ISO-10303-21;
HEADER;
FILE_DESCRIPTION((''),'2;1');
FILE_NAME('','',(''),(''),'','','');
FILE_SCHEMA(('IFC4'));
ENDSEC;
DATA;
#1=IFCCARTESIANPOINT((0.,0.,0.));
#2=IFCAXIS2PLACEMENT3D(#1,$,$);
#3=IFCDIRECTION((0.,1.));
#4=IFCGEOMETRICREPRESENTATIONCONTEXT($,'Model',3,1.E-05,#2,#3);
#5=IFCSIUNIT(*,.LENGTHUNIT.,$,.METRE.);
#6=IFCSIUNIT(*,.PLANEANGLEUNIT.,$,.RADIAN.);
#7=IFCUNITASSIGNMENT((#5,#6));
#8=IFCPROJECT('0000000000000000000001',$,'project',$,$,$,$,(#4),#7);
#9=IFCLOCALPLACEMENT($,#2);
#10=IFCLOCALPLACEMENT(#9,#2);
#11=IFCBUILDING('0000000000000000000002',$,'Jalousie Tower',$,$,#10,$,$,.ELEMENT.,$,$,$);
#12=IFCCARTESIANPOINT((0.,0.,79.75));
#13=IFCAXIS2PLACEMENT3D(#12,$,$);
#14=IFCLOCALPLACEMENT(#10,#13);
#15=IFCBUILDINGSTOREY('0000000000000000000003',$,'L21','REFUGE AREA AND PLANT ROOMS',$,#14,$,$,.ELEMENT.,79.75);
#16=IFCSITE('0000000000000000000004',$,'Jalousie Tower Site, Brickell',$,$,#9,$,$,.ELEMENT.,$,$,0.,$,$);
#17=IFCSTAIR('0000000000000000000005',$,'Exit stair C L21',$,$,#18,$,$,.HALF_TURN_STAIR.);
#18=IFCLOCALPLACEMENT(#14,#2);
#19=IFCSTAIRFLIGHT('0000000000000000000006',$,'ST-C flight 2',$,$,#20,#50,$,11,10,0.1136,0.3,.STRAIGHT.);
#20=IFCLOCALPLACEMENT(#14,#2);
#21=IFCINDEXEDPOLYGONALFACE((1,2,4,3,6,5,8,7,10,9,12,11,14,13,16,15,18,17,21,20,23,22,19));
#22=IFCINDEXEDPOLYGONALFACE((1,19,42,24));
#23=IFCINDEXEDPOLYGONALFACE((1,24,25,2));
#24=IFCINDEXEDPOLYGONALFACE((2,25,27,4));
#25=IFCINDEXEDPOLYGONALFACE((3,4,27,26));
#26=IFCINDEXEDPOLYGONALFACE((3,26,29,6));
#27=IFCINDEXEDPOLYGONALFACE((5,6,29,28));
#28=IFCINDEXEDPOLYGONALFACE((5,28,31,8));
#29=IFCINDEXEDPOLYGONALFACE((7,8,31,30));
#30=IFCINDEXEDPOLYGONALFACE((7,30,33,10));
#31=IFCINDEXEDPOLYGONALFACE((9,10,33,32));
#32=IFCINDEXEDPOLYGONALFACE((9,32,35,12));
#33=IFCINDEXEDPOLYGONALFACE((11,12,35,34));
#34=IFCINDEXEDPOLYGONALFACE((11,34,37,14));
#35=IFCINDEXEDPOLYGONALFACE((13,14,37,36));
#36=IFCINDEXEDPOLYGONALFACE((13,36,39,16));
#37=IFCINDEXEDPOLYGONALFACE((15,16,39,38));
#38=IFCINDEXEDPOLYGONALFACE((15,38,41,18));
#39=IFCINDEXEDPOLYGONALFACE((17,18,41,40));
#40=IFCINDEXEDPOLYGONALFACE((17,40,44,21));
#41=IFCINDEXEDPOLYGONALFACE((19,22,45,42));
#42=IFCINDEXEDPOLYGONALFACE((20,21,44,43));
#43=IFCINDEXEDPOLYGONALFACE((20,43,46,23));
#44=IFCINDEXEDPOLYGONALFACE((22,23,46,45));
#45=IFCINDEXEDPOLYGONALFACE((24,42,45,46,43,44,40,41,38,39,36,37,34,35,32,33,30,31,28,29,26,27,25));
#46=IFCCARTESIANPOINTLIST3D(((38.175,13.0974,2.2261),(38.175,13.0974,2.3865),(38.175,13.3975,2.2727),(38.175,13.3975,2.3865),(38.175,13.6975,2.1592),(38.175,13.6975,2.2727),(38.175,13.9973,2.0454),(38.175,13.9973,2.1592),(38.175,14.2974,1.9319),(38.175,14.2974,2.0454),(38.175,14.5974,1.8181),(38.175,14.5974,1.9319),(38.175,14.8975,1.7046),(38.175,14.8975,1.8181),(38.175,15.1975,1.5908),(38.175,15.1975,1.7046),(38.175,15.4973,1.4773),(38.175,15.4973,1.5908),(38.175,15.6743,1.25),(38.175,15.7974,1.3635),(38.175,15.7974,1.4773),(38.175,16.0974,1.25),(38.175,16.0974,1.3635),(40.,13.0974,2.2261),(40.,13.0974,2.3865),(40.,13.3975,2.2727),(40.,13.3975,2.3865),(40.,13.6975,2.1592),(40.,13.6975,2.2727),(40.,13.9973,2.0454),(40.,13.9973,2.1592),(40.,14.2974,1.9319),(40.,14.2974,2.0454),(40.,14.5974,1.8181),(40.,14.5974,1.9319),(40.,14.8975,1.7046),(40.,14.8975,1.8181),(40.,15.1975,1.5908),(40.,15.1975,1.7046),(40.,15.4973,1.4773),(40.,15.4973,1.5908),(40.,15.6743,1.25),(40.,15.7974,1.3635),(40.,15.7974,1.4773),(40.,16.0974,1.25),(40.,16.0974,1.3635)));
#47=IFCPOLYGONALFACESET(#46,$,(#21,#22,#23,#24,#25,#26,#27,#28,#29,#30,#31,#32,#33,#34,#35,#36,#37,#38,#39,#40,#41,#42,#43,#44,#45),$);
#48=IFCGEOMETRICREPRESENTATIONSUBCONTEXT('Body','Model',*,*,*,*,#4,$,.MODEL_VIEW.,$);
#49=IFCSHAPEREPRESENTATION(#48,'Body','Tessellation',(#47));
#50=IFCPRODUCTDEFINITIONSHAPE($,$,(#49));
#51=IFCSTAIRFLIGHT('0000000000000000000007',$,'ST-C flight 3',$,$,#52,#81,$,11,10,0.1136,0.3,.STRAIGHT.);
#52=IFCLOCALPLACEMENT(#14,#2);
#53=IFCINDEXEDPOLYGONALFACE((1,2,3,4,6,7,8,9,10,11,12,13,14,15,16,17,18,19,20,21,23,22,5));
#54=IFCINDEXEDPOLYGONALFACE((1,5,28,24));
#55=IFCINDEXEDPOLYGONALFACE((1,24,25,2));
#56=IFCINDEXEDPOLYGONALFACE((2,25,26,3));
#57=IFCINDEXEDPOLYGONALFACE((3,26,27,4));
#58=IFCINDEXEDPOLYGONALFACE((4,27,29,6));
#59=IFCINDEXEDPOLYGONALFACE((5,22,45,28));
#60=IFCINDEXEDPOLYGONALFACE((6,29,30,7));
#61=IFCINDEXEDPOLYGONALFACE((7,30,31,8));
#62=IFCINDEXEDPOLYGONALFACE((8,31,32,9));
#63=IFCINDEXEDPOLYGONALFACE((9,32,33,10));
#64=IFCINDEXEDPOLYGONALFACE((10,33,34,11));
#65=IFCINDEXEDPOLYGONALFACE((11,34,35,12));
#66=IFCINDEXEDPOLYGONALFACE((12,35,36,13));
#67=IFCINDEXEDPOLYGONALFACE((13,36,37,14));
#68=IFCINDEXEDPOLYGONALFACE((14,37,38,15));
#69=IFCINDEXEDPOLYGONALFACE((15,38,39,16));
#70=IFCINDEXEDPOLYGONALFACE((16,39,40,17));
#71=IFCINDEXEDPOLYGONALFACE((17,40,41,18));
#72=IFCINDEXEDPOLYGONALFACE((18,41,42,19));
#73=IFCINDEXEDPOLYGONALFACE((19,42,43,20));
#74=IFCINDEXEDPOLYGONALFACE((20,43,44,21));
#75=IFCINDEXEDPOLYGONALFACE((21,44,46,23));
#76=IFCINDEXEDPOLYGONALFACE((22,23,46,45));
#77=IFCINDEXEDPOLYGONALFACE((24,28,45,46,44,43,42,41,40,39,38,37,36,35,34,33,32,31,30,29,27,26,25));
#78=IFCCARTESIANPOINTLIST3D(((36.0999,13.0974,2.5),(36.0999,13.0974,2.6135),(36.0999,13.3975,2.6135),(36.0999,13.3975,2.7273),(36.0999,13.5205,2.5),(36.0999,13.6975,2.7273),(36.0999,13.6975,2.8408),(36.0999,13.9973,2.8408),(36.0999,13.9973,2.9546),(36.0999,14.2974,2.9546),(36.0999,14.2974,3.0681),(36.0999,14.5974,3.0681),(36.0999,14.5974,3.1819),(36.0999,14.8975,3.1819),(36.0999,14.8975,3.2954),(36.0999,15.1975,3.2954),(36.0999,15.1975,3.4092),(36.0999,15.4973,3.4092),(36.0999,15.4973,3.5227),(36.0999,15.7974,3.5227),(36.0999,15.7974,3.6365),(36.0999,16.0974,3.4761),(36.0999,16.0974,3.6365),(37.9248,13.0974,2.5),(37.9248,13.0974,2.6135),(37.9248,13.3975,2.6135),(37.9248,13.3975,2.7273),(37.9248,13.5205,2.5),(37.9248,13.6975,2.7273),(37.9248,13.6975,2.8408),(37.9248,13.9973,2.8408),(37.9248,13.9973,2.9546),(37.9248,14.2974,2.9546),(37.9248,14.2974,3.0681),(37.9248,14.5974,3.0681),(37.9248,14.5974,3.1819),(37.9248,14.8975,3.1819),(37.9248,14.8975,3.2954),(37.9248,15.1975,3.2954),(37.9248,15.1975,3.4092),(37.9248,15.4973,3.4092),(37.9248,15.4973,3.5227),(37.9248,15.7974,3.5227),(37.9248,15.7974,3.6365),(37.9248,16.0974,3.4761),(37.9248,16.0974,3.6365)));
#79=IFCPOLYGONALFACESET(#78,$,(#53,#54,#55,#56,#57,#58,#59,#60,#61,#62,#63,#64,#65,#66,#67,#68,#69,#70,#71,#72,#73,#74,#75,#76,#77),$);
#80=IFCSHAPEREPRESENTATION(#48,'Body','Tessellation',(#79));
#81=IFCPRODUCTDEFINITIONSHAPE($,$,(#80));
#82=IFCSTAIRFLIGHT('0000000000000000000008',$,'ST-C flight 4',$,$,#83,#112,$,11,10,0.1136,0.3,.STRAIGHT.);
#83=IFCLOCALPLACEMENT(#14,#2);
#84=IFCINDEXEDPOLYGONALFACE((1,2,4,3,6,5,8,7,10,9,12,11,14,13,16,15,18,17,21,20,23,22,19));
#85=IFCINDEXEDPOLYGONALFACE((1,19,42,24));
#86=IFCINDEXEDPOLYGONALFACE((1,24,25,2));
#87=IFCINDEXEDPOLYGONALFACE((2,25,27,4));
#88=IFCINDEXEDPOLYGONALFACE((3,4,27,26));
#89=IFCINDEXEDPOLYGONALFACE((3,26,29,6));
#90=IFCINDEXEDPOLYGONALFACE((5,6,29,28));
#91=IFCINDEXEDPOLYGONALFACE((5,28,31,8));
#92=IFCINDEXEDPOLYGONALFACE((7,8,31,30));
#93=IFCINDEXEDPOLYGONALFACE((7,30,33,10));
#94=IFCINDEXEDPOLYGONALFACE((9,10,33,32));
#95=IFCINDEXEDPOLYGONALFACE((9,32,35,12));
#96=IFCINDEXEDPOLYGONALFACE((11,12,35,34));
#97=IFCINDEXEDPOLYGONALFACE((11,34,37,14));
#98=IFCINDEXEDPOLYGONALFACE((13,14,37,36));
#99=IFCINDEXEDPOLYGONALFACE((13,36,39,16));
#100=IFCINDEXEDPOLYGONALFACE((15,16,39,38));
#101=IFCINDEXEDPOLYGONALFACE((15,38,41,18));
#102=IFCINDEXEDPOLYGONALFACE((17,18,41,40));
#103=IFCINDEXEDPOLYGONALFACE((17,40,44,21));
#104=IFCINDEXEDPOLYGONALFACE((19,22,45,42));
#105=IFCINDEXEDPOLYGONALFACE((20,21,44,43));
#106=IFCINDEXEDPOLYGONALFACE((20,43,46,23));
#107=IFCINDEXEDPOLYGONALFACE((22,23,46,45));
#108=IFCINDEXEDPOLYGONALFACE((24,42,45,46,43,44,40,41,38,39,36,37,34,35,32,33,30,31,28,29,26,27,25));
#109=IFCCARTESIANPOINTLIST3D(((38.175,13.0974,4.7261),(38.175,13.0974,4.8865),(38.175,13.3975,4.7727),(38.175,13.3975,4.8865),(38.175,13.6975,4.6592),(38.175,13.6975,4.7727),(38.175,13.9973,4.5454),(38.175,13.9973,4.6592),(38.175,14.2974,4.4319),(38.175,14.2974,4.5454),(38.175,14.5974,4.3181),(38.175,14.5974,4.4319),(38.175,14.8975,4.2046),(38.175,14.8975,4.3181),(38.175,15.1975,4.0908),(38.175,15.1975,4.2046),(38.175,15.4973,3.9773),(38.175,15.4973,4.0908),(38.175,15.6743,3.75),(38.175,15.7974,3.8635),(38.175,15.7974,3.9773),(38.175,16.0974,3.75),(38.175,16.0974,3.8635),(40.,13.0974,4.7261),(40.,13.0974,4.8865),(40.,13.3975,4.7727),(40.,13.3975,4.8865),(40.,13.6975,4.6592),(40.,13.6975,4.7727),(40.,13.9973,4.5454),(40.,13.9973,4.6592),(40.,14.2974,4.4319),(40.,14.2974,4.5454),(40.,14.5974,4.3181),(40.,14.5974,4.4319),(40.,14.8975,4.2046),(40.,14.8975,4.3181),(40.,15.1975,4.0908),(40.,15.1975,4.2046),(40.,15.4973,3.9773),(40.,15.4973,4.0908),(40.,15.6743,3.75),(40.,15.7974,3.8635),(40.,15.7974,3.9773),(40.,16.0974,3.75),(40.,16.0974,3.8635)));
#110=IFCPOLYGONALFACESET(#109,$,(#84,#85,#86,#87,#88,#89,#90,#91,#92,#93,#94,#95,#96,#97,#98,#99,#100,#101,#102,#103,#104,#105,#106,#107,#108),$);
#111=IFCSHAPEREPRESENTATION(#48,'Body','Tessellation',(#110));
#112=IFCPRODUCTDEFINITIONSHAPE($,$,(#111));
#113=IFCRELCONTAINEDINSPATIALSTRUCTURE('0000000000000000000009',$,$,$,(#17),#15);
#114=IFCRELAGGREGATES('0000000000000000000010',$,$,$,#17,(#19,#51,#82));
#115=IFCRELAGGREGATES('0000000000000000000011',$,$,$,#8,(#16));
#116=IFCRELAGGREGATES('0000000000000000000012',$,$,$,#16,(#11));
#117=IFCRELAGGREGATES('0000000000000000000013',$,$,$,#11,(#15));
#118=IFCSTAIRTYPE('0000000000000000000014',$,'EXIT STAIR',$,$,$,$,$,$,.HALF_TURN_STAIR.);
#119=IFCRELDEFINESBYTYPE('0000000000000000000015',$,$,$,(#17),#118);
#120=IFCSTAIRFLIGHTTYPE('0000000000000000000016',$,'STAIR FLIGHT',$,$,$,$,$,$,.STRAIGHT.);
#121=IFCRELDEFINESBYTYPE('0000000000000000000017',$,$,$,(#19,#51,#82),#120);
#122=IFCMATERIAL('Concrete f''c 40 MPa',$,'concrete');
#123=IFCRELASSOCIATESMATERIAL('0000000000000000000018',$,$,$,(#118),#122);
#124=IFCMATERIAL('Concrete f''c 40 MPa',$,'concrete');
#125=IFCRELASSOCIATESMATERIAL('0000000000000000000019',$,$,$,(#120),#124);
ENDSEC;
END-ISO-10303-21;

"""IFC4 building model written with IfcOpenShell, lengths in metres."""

from ifc_helpers import new_model, si_unit, direction, frame, origin, place, context, subcontext, project, spatial, polyline, outline, extrude, material, type_object, element, aggregate, save


model = new_model("IFC4")

# Units and contexts
model_context = context("Model", 3, precision=1e-05, world=origin(), true_north=direction((0.0, 1.0)))
body_context = subcontext(model_context, "Body", "Model", "MODEL_VIEW")
ifc_project = project(units=[si_unit("LENGTHUNIT", "METRE"), si_unit("PLANEANGLEUNIT", "RADIAN")], contexts=[model_context])

# Site, building, storey
site_placement = place(None, origin())
site = spatial("IfcSite", under=ifc_project, at=site_placement, Name="Jalousie Tower Site, Brickell", CompositionType="ELEMENT", RefElevation=0.0)
building_placement = place(site_placement, origin())
building = spatial("IfcBuilding", under=site, at=building_placement, Name="Jalousie Tower", CompositionType="ELEMENT")
storey_placement = place(building_placement, frame((0.0, 0.0, 79.75)))
storey = spatial("IfcBuildingStorey", under=building, at=storey_placement, Name="L21", Description="REFUGE AREA AND PLANT ROOMS", CompositionType="ELEMENT", Elevation=79.75)

# Stair, stair flights
ifc_material_1 = material(Name="Concrete f'c 40 MPa", Category="concrete")
stair_type = type_object("IfcStairType", Name="EXIT STAIR", PredefinedType="HALF_TURN_STAIR", material=ifc_material_1)
stair_placement = place(storey_placement, origin())
stair = element("IfcStair", 1, at=stair_placement, inside=storey, type_object=stair_type, Name="Exit stair C L21", PredefinedType="HALF_TURN_STAIR")
ifc_material_2 = material(Name="Concrete f'c 40 MPa", Category="concrete")
stair_flight_type = type_object("IfcStairFlightType", Name="STAIR FLIGHT", PredefinedType="STRAIGHT", material=ifc_material_2)
stair_flight_1_placement = place(storey_placement, frame((39.0874, 16.0974, 1.25), z_axis=(0.0, 0.0, 1.0), x_axis=(0.0, -1.0, 0.0)))
stair_flight_1 = element("IfcStairFlight", 2, at=stair_flight_1_placement, type_object=stair_flight_type, Name="ST-C flight 2", NumberOfRisers=11, NumberOfTreads=10, PredefinedType="STRAIGHT", RiserHeight=0.1136, TreadLength=0.3, context=body_context, shape_type="SweptSolid", body=[
    extrude(outline(polyline([(0.0, 0.0), (0.0, 0.1135), (0.3, 0.1135), (0.3, 0.2273), (0.6001, 0.2273), (0.6001, 0.3408), (0.8999, 0.3408), (0.8999, 0.4546), (1.2, 0.4546), (1.2, 0.5681), (1.5, 0.5681), (1.5, 0.6819), (1.8, 0.6819), (1.8, 0.7954), (2.1001, 0.7954), (2.1001, 0.9092), (2.3999, 0.9092), (2.3999, 1.0227), (2.7, 1.0227), (2.7, 1.1365), (3.0, 1.1365), (3.0, 1.25), (3.0, 0.9761), (0.4231, 0.0), (0.0, 0.0)])), frame((0.0, 0.9126, 0.0), z_axis=(0.0, -1.0, 0.0), x_axis=(1.0, 0.0, 0.0)), (0.0, 0.0, 1.0), 1.825),
])
stair_flight_2_placement = place(storey_placement, frame((37.0125, 13.0974, 2.5), z_axis=(0.0, 0.0, 1.0), x_axis=(0.0, 1.0, 0.0)))
stair_flight_2 = element("IfcStairFlight", 3, at=stair_flight_2_placement, type_object=stair_flight_type, Name="ST-C flight 3", NumberOfRisers=11, NumberOfTreads=10, PredefinedType="STRAIGHT", RiserHeight=0.1136, TreadLength=0.3, context=body_context, shape_type="SweptSolid", body=[
    extrude(outline(polyline([(0.0, 0.0), (0.0, 0.1135), (0.3, 0.1135), (0.3, 0.2273), (0.6001, 0.2273), (0.6001, 0.3408), (0.8999, 0.3408), (0.8999, 0.4546), (1.2, 0.4546), (1.2, 0.5681), (1.5, 0.5681), (1.5, 0.6819), (1.8, 0.6819), (1.8, 0.7954), (2.1001, 0.7954), (2.1001, 0.9092), (2.3999, 0.9092), (2.3999, 1.0227), (2.7, 1.0227), (2.7, 1.1365), (3.0, 1.1365), (3.0, 1.25), (3.0, 0.9761), (0.4231, 0.0), (0.0, 0.0)])), frame((0.0, 0.9126, 0.0), z_axis=(0.0, -1.0, 0.0), x_axis=(1.0, 0.0, 0.0)), (0.0, 0.0, 1.0), 1.825),
])
stair_flight_3_placement = place(storey_placement, frame((39.0874, 16.0974, 3.75), z_axis=(0.0, 0.0, 1.0), x_axis=(0.0, -1.0, 0.0)))
stair_flight_3 = element("IfcStairFlight", 4, at=stair_flight_3_placement, type_object=stair_flight_type, Name="ST-C flight 4", NumberOfRisers=11, NumberOfTreads=10, PredefinedType="STRAIGHT", RiserHeight=0.1136, TreadLength=0.3, context=body_context, shape_type="SweptSolid", body=[
    extrude(outline(polyline([(0.0, 0.0), (0.0, 0.1135), (0.3, 0.1135), (0.3, 0.2273), (0.6001, 0.2273), (0.6001, 0.3408), (0.8999, 0.3408), (0.8999, 0.4546), (1.2, 0.4546), (1.2, 0.5681), (1.5, 0.5681), (1.5, 0.6819), (1.8, 0.6819), (1.8, 0.7954), (2.1001, 0.7954), (2.1001, 0.9092), (2.3999, 0.9092), (2.3999, 1.0227), (2.7, 1.0227), (2.7, 1.1365), (3.0, 1.1365), (3.0, 1.25), (3.0, 0.9761), (0.4231, 0.0), (0.0, 0.0)])), frame((0.0, 0.9126, 0.0), z_axis=(0.0, -1.0, 0.0), x_axis=(1.0, 0.0, 0.0)), (0.0, 0.0, 1.0), 1.825),
])
aggregate(stair, [stair_flight_1, stair_flight_2, stair_flight_3])

save(model, "model.ifc")
